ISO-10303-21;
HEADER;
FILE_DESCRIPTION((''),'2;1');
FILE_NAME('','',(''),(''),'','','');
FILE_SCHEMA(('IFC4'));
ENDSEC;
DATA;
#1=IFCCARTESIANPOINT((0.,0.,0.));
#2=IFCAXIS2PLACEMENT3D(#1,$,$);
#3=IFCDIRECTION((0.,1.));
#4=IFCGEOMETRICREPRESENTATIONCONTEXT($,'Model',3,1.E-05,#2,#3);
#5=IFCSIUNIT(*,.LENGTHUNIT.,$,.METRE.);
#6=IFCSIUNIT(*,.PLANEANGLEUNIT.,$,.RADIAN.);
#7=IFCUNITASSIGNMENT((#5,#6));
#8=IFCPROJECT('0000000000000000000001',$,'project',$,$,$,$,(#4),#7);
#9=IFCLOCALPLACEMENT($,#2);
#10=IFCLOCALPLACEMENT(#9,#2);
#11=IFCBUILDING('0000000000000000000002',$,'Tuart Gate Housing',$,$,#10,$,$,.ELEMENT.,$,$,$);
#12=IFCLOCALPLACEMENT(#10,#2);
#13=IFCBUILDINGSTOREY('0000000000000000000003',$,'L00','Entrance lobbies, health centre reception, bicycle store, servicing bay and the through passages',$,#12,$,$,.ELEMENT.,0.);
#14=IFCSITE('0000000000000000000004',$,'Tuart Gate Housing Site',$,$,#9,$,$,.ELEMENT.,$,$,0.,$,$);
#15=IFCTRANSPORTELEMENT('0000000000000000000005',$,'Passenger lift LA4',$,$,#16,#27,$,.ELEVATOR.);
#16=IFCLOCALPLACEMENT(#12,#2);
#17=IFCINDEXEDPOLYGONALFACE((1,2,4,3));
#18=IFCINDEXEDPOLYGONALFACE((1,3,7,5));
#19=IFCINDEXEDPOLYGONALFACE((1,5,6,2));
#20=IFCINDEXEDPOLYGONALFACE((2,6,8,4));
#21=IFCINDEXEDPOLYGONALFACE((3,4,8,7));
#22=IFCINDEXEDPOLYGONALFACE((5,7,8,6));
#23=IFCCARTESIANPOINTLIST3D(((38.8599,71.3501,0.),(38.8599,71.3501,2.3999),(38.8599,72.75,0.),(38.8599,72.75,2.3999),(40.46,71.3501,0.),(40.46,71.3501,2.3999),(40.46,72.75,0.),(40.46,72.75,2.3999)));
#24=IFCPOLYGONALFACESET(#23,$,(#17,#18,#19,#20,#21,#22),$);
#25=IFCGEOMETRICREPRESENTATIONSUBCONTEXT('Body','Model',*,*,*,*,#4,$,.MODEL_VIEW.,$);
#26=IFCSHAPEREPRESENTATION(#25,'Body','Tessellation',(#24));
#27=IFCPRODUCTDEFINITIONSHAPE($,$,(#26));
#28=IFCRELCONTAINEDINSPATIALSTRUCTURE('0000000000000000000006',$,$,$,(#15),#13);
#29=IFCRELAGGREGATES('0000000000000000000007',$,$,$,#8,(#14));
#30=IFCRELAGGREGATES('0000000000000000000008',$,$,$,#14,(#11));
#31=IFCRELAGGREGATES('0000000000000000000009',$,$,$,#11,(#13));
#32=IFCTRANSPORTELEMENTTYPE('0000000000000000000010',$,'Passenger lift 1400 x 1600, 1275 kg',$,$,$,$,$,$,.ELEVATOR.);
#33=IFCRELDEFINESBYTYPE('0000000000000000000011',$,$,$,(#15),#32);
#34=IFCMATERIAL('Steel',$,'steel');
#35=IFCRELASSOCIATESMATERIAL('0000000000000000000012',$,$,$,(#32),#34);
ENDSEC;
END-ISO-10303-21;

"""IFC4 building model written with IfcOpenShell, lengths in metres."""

from ifc_helpers import new_model, si_unit, direction, frame, origin, origin_2d, place, context, subcontext, project, spatial, rectangle, extrude, material, type_object, element, save


model = new_model("IFC4")

# Units and contexts
model_context = context("Model", 3, precision=1e-05, world=origin(), true_north=direction((0.0, 1.0)))
body_context = subcontext(model_context, "Body", "Model", "MODEL_VIEW")
ifc_project = project(units=[si_unit("LENGTHUNIT", "METRE"), si_unit("PLANEANGLEUNIT", "RADIAN")], contexts=[model_context])

# Site, building, storey
site_placement = place(None, origin())
site = spatial("IfcSite", under=ifc_project, at=site_placement, Name="Tuart Gate Housing Site", CompositionType="ELEMENT", RefElevation=0.0)
building_placement = place(site_placement, origin())
building = spatial("IfcBuilding", under=site, at=building_placement, Name="Tuart Gate Housing", CompositionType="ELEMENT")
storey_placement = place(building_placement, origin())
storey = spatial("IfcBuildingStorey", under=building, at=storey_placement, Name="L00", Description="Entrance lobbies, health centre reception, bicycle store, servicing bay and the through passages", CompositionType="ELEMENT", Elevation=0.0)

# Transport element
ifc_material_1 = material(Name="Steel", Category="steel")
transport_element_type = type_object("IfcTransportElementType", Name="Passenger lift 1400 x 1600, 1275 kg", PredefinedType="ELEVATOR", material=ifc_material_1)
transport_element_placement = place(storey_placement, frame((39.6599, 72.05, 0.0), z_axis=(0.0, 0.0, 1.0), x_axis=(0.0, 1.0, 0.0)))
element("IfcTransportElement", 1, at=transport_element_placement, inside=storey, type_object=transport_element_type, Name="Passenger lift LA4", PredefinedType="ELEVATOR", context=body_context, shape_type="SweptSolid", body=[
    extrude(rectangle(XDim=1.3999, YDim=1.6001, at=origin_2d()), origin(), (0.0, 0.0, 1.0), 2.3999),
])

save(model, "model.ifc")
